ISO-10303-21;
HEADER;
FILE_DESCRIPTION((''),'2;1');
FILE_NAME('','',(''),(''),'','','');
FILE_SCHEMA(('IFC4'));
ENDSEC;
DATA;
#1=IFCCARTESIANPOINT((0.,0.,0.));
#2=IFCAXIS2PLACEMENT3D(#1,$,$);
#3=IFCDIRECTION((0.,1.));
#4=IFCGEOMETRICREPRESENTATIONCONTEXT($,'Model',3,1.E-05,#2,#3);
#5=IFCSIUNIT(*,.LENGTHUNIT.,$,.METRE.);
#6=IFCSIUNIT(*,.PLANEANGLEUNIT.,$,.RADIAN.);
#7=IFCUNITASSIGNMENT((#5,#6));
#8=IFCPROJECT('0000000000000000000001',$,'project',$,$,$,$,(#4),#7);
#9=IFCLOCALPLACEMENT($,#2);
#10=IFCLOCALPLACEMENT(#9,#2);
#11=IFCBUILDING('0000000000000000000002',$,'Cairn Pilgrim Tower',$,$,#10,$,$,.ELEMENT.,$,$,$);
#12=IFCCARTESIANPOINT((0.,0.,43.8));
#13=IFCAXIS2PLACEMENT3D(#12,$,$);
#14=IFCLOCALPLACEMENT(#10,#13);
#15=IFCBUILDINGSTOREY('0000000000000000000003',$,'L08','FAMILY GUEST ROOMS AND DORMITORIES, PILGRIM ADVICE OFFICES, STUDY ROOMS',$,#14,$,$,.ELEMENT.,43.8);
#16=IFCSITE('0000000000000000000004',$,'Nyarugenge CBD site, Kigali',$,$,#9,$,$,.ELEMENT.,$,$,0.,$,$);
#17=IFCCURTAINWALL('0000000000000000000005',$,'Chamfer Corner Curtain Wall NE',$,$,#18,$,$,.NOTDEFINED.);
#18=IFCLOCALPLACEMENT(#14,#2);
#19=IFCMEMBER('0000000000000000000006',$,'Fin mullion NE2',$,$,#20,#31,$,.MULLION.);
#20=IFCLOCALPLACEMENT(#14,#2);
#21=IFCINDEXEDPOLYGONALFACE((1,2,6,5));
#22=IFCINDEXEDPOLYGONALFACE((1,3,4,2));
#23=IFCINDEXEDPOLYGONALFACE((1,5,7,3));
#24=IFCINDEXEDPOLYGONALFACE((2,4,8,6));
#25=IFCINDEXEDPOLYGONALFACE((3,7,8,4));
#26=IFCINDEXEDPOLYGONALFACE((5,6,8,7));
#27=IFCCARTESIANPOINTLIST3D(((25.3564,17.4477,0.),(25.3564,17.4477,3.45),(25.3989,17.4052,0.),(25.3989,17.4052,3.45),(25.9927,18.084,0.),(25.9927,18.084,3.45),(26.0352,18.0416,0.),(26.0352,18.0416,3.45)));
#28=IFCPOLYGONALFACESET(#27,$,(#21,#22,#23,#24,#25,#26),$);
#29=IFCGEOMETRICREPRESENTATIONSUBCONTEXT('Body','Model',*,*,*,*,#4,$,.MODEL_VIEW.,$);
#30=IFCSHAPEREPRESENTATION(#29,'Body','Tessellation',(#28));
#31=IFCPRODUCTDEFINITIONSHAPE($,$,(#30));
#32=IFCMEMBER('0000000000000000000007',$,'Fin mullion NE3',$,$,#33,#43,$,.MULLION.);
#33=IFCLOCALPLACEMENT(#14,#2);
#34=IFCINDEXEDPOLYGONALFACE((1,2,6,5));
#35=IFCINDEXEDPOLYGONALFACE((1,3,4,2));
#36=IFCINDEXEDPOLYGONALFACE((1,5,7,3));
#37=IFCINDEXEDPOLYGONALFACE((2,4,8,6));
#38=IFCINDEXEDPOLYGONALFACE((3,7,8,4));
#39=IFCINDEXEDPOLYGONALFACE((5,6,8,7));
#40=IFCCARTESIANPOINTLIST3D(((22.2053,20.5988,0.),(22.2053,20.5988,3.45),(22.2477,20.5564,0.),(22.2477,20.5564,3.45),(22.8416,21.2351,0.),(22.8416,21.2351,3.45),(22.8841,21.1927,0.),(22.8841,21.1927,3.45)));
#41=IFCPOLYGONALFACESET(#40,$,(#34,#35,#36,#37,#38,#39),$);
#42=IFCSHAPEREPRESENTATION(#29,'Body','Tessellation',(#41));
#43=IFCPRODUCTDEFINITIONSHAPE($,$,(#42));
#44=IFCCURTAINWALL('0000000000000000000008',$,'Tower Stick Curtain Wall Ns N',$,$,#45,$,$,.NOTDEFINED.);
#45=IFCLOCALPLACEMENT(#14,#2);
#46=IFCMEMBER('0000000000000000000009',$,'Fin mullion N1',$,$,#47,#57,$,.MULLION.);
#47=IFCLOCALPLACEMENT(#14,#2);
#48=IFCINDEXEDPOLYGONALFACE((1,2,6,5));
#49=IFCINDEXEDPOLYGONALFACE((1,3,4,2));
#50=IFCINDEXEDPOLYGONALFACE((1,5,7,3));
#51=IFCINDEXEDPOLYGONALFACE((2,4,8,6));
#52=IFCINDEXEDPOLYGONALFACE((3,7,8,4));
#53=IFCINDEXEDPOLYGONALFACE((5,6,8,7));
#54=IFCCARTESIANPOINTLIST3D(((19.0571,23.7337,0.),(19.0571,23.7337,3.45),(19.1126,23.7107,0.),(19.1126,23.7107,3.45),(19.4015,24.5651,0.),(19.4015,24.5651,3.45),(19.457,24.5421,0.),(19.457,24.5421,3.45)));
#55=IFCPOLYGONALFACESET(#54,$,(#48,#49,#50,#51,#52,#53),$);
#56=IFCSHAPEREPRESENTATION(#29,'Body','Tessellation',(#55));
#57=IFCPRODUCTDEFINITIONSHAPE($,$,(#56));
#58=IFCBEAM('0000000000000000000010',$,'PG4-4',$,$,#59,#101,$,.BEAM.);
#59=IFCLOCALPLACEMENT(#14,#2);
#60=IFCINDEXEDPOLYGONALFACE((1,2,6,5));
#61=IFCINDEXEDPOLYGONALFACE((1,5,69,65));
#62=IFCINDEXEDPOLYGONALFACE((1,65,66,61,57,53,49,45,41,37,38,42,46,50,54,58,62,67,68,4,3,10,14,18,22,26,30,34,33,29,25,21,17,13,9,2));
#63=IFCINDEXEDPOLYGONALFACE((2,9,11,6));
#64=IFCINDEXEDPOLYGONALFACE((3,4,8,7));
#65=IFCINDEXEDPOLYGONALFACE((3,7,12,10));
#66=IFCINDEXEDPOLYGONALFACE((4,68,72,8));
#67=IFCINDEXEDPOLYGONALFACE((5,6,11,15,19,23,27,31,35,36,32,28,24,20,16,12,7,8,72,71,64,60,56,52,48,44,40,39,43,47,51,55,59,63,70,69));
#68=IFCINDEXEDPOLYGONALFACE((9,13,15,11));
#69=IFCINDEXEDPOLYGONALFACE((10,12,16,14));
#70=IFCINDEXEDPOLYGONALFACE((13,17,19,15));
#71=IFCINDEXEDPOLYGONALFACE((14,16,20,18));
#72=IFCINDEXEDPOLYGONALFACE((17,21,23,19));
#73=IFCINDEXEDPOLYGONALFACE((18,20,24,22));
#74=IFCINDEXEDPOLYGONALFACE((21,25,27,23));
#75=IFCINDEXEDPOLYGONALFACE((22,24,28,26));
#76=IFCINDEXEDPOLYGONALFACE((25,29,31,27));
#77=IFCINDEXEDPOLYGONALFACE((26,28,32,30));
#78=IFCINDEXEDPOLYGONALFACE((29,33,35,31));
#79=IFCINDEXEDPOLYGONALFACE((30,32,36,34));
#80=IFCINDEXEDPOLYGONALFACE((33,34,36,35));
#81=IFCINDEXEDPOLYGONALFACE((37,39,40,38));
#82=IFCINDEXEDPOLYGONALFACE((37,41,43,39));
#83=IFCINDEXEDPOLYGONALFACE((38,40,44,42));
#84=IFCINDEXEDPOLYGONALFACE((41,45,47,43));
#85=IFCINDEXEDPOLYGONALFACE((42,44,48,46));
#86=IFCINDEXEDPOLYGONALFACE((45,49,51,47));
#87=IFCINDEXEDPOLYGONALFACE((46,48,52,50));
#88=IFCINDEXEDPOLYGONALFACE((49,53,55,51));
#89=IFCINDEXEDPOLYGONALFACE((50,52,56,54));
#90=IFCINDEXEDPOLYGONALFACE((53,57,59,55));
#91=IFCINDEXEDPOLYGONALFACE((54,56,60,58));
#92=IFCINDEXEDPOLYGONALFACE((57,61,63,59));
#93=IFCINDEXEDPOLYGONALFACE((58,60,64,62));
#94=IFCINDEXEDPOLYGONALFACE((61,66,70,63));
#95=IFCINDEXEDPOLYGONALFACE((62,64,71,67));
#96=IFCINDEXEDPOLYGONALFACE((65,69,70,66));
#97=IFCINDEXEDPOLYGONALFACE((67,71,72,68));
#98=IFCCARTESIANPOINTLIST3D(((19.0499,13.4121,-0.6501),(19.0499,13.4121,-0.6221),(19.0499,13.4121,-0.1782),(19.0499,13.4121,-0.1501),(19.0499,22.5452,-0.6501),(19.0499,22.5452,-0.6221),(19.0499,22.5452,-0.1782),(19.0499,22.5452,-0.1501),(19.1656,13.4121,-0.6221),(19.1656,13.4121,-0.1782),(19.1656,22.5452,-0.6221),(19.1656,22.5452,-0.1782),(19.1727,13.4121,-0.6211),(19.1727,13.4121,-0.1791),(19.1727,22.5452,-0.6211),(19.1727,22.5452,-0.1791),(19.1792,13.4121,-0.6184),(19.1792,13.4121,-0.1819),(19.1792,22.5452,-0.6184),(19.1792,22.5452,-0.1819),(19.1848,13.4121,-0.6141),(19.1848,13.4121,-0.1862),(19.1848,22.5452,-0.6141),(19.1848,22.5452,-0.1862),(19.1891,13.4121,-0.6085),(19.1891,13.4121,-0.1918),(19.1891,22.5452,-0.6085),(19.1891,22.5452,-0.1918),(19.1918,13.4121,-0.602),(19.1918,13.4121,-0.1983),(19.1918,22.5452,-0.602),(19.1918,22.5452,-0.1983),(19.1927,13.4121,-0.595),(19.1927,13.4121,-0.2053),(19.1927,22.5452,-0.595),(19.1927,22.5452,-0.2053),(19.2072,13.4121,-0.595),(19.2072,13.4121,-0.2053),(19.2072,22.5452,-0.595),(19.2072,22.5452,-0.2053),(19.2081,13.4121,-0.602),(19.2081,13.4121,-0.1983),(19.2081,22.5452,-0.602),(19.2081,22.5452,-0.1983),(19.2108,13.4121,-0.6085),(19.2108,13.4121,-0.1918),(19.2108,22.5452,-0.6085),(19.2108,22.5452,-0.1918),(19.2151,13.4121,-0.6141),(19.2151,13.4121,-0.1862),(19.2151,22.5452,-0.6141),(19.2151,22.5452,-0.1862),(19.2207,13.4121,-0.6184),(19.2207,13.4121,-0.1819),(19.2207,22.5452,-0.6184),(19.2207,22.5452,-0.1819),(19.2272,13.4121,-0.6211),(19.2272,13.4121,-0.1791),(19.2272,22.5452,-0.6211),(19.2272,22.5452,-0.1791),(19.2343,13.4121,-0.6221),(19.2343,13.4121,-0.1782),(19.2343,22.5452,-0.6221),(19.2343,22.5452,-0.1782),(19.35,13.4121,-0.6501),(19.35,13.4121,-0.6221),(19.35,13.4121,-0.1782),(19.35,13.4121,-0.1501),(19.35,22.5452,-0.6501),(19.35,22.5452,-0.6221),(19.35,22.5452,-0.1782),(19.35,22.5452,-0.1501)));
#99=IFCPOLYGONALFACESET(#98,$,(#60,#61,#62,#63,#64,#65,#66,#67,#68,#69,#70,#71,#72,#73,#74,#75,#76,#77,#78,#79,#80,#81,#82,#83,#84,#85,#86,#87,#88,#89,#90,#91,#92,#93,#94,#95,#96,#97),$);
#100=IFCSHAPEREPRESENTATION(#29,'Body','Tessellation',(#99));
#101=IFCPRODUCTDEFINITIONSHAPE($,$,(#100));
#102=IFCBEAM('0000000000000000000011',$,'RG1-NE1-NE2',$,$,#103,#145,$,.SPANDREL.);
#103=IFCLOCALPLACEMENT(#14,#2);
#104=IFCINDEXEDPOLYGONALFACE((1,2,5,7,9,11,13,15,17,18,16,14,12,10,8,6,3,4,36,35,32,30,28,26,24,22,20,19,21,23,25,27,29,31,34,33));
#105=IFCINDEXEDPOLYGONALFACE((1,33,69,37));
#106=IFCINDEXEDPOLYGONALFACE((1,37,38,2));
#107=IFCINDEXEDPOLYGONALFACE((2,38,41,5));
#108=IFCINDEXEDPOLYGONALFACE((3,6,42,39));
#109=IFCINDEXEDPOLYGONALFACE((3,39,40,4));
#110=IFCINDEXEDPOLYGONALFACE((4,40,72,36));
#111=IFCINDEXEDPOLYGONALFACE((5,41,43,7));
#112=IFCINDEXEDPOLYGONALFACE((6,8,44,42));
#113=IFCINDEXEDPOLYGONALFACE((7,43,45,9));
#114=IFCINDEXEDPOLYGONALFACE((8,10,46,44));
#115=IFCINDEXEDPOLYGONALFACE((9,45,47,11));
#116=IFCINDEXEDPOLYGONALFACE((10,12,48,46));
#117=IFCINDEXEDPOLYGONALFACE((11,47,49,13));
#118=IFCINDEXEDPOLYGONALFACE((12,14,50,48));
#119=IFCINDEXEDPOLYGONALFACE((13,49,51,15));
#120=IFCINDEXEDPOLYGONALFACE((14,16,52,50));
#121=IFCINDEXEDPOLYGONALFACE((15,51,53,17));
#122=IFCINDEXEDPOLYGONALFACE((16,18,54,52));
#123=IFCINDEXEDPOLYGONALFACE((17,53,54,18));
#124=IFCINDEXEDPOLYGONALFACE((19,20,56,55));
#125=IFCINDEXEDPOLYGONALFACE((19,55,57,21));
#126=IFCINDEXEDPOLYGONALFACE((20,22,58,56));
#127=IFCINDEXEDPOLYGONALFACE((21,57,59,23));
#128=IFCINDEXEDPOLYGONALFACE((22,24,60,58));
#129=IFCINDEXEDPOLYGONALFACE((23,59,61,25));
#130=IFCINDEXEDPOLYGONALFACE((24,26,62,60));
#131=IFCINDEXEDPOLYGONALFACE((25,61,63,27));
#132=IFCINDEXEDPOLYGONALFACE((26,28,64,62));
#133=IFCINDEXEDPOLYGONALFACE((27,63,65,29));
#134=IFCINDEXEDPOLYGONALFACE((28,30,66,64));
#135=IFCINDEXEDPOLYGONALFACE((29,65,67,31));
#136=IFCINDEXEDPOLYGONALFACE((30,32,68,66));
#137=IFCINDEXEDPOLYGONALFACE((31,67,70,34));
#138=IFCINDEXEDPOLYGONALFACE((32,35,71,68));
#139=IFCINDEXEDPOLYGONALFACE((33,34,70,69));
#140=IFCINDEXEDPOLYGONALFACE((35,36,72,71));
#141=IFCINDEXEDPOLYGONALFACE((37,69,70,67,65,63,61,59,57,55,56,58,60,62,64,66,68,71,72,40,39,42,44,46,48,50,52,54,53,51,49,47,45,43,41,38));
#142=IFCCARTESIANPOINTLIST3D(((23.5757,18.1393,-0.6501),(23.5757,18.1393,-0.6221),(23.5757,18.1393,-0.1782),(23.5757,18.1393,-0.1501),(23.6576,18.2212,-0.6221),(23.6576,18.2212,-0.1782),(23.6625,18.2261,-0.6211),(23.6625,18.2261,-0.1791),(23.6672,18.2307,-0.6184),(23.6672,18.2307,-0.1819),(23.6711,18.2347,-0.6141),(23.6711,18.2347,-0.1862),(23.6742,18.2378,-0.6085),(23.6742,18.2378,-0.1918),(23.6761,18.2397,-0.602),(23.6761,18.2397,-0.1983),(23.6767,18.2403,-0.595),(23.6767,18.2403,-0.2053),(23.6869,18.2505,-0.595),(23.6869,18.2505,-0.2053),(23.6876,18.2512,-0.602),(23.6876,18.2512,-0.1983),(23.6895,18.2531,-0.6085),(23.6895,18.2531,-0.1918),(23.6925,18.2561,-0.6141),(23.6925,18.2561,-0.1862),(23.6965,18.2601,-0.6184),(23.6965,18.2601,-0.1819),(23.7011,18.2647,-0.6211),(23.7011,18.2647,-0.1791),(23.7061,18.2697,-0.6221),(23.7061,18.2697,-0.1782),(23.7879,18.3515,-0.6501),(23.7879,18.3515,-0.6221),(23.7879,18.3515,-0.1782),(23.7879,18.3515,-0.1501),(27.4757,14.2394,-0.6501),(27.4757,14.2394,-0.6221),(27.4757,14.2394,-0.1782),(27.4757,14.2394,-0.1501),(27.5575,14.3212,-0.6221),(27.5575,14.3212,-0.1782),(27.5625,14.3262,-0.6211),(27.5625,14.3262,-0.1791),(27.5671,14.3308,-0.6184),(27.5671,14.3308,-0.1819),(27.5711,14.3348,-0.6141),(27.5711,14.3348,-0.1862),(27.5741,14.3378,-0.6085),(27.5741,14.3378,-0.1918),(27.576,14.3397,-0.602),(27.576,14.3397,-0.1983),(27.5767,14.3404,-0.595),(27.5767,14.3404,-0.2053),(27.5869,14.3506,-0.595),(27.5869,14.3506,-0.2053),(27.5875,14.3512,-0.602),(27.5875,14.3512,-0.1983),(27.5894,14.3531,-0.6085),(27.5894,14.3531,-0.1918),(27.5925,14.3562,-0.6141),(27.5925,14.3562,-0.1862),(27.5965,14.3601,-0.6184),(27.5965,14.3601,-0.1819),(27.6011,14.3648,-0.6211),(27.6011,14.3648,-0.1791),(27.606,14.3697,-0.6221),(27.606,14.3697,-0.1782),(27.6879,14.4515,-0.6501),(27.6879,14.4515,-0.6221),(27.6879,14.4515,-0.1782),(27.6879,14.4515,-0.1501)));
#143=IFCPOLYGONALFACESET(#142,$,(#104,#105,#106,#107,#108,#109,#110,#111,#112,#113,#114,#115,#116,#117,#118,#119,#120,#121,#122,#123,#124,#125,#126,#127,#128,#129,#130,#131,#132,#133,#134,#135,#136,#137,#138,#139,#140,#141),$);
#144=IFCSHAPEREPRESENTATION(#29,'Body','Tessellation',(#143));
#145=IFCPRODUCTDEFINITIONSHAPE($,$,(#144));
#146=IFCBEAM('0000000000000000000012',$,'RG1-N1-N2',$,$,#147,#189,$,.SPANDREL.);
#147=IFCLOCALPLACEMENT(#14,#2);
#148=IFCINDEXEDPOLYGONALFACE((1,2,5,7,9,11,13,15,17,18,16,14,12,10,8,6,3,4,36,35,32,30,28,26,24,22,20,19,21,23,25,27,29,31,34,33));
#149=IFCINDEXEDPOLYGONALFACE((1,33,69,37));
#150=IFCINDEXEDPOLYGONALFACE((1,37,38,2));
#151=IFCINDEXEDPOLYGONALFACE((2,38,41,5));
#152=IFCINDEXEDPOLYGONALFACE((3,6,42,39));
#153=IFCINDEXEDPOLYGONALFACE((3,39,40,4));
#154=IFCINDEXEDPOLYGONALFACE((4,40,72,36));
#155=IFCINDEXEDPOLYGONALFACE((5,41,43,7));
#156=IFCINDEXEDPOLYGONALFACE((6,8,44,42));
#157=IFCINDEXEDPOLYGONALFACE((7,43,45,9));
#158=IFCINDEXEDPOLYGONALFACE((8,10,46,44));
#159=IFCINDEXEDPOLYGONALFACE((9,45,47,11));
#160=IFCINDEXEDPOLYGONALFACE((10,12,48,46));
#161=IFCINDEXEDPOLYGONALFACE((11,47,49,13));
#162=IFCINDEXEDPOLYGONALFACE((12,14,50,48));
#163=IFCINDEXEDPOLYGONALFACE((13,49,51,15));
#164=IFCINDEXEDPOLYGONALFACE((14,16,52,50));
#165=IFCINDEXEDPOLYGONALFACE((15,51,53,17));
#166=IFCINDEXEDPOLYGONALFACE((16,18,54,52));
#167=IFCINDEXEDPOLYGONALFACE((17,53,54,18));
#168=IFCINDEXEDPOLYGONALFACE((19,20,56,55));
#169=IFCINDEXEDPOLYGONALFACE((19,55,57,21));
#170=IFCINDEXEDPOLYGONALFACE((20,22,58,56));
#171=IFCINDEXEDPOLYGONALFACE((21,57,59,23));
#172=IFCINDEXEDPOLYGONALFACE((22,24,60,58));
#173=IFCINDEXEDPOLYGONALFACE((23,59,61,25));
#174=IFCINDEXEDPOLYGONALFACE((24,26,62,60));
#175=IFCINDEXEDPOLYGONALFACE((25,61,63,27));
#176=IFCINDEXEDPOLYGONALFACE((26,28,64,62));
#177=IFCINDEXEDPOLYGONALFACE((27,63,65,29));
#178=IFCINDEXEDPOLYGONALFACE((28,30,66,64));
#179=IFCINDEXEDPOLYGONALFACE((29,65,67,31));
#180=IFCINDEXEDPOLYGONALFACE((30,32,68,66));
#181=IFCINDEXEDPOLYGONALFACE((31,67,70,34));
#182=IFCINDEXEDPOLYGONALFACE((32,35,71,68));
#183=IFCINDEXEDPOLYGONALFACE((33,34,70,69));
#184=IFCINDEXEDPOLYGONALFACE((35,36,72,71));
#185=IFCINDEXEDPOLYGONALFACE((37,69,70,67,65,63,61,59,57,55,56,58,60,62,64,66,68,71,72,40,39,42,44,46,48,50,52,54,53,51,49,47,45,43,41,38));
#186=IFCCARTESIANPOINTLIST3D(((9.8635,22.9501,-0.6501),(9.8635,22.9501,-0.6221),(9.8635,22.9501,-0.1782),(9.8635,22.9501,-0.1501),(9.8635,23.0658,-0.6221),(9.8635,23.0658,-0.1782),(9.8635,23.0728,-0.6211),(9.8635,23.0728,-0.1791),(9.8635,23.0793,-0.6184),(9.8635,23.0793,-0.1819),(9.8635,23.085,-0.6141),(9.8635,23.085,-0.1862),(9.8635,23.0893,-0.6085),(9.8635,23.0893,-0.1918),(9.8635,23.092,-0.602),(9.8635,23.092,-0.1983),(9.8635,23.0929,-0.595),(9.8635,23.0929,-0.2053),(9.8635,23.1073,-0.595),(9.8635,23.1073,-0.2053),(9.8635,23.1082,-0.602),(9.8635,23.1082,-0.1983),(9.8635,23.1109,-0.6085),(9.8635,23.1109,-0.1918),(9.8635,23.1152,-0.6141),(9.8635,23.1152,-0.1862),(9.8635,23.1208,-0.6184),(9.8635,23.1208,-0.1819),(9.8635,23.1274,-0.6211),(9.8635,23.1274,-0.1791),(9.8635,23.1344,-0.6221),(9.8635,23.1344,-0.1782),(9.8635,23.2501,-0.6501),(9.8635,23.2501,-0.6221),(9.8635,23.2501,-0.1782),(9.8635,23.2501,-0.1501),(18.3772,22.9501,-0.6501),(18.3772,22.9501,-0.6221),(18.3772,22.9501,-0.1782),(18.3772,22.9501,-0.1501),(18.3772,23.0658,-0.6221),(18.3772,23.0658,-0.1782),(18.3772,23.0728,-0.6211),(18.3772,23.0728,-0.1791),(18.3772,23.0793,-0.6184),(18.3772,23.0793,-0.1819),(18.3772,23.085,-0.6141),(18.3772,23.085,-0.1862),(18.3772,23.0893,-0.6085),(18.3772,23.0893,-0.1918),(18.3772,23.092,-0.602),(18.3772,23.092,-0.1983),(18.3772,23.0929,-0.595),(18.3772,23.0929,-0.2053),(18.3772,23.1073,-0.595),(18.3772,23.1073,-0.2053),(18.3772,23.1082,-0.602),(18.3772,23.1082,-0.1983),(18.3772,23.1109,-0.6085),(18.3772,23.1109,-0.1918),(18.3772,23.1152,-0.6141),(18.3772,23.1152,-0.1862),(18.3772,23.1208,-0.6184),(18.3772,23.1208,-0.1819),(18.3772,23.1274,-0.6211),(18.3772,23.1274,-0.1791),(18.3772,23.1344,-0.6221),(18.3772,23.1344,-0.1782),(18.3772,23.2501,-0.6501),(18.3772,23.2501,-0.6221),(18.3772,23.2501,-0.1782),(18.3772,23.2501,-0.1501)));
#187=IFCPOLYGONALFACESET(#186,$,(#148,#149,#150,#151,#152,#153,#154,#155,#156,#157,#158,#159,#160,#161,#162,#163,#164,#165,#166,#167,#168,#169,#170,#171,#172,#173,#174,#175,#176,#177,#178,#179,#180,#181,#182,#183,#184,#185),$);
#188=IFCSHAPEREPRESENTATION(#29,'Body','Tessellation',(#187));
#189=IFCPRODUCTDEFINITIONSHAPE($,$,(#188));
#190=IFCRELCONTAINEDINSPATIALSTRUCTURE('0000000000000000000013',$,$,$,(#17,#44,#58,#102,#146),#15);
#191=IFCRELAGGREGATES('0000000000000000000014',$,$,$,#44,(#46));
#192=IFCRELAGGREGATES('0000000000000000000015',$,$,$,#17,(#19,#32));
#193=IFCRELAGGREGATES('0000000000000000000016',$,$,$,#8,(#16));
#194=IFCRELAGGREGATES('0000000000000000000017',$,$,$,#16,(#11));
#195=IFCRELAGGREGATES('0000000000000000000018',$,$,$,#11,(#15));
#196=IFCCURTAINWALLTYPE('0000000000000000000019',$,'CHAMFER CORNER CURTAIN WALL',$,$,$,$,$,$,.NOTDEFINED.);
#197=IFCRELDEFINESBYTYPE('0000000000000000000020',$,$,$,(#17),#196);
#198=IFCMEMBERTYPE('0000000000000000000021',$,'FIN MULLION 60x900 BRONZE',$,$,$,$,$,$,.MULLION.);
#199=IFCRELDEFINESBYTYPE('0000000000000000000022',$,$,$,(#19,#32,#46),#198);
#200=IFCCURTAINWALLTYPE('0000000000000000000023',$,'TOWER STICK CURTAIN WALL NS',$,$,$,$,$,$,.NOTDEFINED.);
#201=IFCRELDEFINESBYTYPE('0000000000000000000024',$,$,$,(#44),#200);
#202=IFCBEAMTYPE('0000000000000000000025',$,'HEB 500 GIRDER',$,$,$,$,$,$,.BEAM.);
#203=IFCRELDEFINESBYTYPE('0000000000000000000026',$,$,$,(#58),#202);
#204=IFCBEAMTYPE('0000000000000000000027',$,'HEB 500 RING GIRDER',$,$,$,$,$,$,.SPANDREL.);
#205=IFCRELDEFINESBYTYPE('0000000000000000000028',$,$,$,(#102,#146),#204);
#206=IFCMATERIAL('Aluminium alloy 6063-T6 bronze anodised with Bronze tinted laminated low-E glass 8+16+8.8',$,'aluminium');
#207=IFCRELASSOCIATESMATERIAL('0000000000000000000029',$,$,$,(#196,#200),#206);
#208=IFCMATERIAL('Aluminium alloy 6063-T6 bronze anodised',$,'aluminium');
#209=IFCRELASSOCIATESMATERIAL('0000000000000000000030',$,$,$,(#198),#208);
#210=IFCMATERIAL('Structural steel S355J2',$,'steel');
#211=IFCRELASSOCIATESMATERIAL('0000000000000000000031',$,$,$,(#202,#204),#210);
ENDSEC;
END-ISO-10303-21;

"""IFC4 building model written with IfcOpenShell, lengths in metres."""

from ifc_helpers import new_model, si_unit, direction, frame, origin, origin_2d, place, context, subcontext, project, spatial, rectangle, i_section, extrude, material, material_profile, profile_set, type_object, element, aggregate, save


model = new_model("IFC4")

# Units and contexts
model_context = context("Model", 3, precision=1e-05, world=origin(), true_north=direction((0.0, 1.0)))
body_context = subcontext(model_context, "Body", "Model", "MODEL_VIEW")
ifc_project = project(units=[si_unit("LENGTHUNIT", "METRE"), si_unit("PLANEANGLEUNIT", "RADIAN")], contexts=[model_context])

# Site, building, storey
site_placement = place(None, origin())
site = spatial("IfcSite", under=ifc_project, at=site_placement, Name="Nyarugenge CBD site, Kigali", CompositionType="ELEMENT", RefElevation=0.0)
building_placement = place(site_placement, origin())
building = spatial("IfcBuilding", under=site, at=building_placement, Name="Cairn Pilgrim Tower", CompositionType="ELEMENT")
storey_placement = place(building_placement, frame((0.0, 0.0, 43.8)))
storey = spatial("IfcBuildingStorey", under=building, at=storey_placement, Name="L08", Description="FAMILY GUEST ROOMS AND DORMITORIES, PILGRIM ADVICE OFFICES, STUDY ROOMS", CompositionType="ELEMENT", Elevation=43.8)

# Shared definitions
ifc_material_1 = material(Name="Structural steel S355J2", Category="steel")

# Curtain wall, members
ifc_material_2 = material(Name="Aluminium alloy 6063-T6 bronze anodised with Bronze tinted laminated low-E glass 8+16+8.8", Category="aluminium")
curtain_wall_type_1 = type_object("IfcCurtainWallType", Name="CHAMFER CORNER CURTAIN WALL", PredefinedType="NOTDEFINED", material=ifc_material_2)
curtain_wall_1_placement = place(storey_placement, origin())
curtain_wall_1 = element("IfcCurtainWall", 1, at=curtain_wall_1_placement, inside=storey, type_object=curtain_wall_type_1, Name="Chamfer Corner Curtain Wall NE", PredefinedType="NOTDEFINED")
ifc_material_3 = material(Name="Aluminium alloy 6063-T6 bronze anodised", Category="aluminium")
ifc_material_profile_1 = material_profile(ifc_material_3, rectangle(XDim=0.8999, YDim=0.0601, at=origin_2d()), Name="FIN MULLION 60x900 BRONZE")
ifc_profile_set_1 = profile_set([ifc_material_profile_1], Name="Aluminium alloy 6063-T6 bronze anodised")
member_type_1 = type_object("IfcMemberType", Name="FIN MULLION 60x900 BRONZE", PredefinedType="MULLION", material=ifc_profile_set_1)
member_1_placement = place(storey_placement, frame((25.6958, 17.7446, 0.0), z_axis=(0.0, 0.0, 1.0), x_axis=(0.707107, 0.707107, 0.0)))
member_1 = element("IfcMember", 2, at=member_1_placement, type_object=member_type_1, Name="Fin mullion NE2", PredefinedType="MULLION", context=body_context, shape_type="SweptSolid", body=[
    extrude(rectangle(XDim=0.8999, YDim=0.0601, at=origin_2d()), origin(), (0.0, 0.0, 1.0), 3.45),
])
member_2_placement = place(storey_placement, frame((22.5447, 20.8958, 0.0), z_axis=(0.0, 0.0, 1.0), x_axis=(0.707107, 0.707107, 0.0)))
member_2 = element("IfcMember", 3, at=member_2_placement, type_object=member_type_1, Name="Fin mullion NE3", PredefinedType="MULLION", context=body_context, shape_type="SweptSolid", body=[
    extrude(rectangle(XDim=0.8999, YDim=0.0601, at=origin_2d()), origin(), (0.0, 0.0, 1.0), 3.45),
])

# Curtain wall, member
curtain_wall_type_2 = type_object("IfcCurtainWallType", Name="TOWER STICK CURTAIN WALL NS", PredefinedType="NOTDEFINED", material=ifc_material_2)
curtain_wall_2_placement = place(storey_placement, origin())
curtain_wall_2 = element("IfcCurtainWall", 4, at=curtain_wall_2_placement, inside=storey, type_object=curtain_wall_type_2, Name="Tower Stick Curtain Wall Ns N", PredefinedType="NOTDEFINED")
member_3_placement = place(storey_placement, frame((19.2571, 24.1379, 0.0), z_axis=(0.0, 0.0, 1.0), x_axis=(0.382683, 0.92388, 0.0)))
member_3 = element("IfcMember", 5, at=member_3_placement, type_object=member_type_1, Name="Fin mullion N1", PredefinedType="MULLION", context=body_context, shape_type="SweptSolid", body=[
    extrude(rectangle(XDim=0.8999, YDim=0.0601, at=origin_2d()), origin(), (0.0, 0.0, 1.0), 3.45),
])
aggregate(curtain_wall_2, [member_3])

# Beams
ifc_material_profile_2 = material_profile(ifc_material_1, i_section(OverallWidth=0.3, OverallDepth=0.5, WebThickness=0.0144, FlangeThickness=0.0281, FilletRadius=0.0271, at=origin_2d()), Name="HEB 500")
ifc_profile_set_2 = profile_set([ifc_material_profile_2], Name="Structural steel S355J2")
beam_type_1 = type_object("IfcBeamType", Name="HEB 500 GIRDER", PredefinedType="BEAM", material=ifc_profile_set_2)
beam_1_placement = place(storey_placement, frame((19.2, 13.4121, -0.4001), z_axis=(0.0, 1.0, 0.0), x_axis=(-1.0, 0.0, 0.0)))
element("IfcBeam", 6, at=beam_1_placement, inside=storey, type_object=beam_type_1, Name="PG4-4", PredefinedType="BEAM", context=body_context, shape_type="SweptSolid", body=[
    extrude(i_section(OverallWidth=0.3, OverallDepth=0.5, WebThickness=0.0144, FlangeThickness=0.0281, FilletRadius=0.0271, at=origin_2d()), origin(), (0.0, 0.0, 1.0), 9.1331),
])
ifc_material_profile_3 = material_profile(ifc_material_1, i_section(OverallWidth=0.3, OverallDepth=0.5, WebThickness=0.0144, FlangeThickness=0.0281, FilletRadius=0.0271, at=origin_2d()), Name="HEB 500")
ifc_profile_set_3 = profile_set([ifc_material_profile_3], Name="Structural steel S355J2")
beam_type_2 = type_object("IfcBeamType", Name="HEB 500 RING GIRDER", PredefinedType="SPANDREL", material=ifc_profile_set_3)
beam_2_placement = place(storey_placement, frame((27.5818, 14.3455, -0.4001), z_axis=(-0.707107, 0.707107, 0.0), x_axis=(-0.707107, -0.707107, 0.0)))
element("IfcBeam", 7, at=beam_2_placement, inside=storey, type_object=beam_type_2, Name="RG1-NE1-NE2", PredefinedType="SPANDREL", context=body_context, shape_type="SweptSolid", body=[
    extrude(i_section(OverallWidth=0.3, OverallDepth=0.5, WebThickness=0.0144, FlangeThickness=0.0281, FilletRadius=0.0271, at=origin_2d()), origin(), (0.0, 0.0, 1.0), 5.5154),
])
beam_3_placement = place(storey_placement, frame((18.3772, 23.1001, -0.4001), z_axis=(-1.0, 0.0, 0.0), x_axis=(0.0, -1.0, 0.0)))
element("IfcBeam", 8, at=beam_3_placement, inside=storey, type_object=beam_type_2, Name="RG1-N1-N2", PredefinedType="SPANDREL", context=body_context, shape_type="SweptSolid", body=[
    extrude(i_section(OverallWidth=0.3, OverallDepth=0.5, WebThickness=0.0144, FlangeThickness=0.0281, FilletRadius=0.0271, at=origin_2d()), origin(), (0.0, 0.0, 1.0), 8.5137),
])

aggregate(curtain_wall_1, [member_1, member_2])

save(model, "model.ifc")
